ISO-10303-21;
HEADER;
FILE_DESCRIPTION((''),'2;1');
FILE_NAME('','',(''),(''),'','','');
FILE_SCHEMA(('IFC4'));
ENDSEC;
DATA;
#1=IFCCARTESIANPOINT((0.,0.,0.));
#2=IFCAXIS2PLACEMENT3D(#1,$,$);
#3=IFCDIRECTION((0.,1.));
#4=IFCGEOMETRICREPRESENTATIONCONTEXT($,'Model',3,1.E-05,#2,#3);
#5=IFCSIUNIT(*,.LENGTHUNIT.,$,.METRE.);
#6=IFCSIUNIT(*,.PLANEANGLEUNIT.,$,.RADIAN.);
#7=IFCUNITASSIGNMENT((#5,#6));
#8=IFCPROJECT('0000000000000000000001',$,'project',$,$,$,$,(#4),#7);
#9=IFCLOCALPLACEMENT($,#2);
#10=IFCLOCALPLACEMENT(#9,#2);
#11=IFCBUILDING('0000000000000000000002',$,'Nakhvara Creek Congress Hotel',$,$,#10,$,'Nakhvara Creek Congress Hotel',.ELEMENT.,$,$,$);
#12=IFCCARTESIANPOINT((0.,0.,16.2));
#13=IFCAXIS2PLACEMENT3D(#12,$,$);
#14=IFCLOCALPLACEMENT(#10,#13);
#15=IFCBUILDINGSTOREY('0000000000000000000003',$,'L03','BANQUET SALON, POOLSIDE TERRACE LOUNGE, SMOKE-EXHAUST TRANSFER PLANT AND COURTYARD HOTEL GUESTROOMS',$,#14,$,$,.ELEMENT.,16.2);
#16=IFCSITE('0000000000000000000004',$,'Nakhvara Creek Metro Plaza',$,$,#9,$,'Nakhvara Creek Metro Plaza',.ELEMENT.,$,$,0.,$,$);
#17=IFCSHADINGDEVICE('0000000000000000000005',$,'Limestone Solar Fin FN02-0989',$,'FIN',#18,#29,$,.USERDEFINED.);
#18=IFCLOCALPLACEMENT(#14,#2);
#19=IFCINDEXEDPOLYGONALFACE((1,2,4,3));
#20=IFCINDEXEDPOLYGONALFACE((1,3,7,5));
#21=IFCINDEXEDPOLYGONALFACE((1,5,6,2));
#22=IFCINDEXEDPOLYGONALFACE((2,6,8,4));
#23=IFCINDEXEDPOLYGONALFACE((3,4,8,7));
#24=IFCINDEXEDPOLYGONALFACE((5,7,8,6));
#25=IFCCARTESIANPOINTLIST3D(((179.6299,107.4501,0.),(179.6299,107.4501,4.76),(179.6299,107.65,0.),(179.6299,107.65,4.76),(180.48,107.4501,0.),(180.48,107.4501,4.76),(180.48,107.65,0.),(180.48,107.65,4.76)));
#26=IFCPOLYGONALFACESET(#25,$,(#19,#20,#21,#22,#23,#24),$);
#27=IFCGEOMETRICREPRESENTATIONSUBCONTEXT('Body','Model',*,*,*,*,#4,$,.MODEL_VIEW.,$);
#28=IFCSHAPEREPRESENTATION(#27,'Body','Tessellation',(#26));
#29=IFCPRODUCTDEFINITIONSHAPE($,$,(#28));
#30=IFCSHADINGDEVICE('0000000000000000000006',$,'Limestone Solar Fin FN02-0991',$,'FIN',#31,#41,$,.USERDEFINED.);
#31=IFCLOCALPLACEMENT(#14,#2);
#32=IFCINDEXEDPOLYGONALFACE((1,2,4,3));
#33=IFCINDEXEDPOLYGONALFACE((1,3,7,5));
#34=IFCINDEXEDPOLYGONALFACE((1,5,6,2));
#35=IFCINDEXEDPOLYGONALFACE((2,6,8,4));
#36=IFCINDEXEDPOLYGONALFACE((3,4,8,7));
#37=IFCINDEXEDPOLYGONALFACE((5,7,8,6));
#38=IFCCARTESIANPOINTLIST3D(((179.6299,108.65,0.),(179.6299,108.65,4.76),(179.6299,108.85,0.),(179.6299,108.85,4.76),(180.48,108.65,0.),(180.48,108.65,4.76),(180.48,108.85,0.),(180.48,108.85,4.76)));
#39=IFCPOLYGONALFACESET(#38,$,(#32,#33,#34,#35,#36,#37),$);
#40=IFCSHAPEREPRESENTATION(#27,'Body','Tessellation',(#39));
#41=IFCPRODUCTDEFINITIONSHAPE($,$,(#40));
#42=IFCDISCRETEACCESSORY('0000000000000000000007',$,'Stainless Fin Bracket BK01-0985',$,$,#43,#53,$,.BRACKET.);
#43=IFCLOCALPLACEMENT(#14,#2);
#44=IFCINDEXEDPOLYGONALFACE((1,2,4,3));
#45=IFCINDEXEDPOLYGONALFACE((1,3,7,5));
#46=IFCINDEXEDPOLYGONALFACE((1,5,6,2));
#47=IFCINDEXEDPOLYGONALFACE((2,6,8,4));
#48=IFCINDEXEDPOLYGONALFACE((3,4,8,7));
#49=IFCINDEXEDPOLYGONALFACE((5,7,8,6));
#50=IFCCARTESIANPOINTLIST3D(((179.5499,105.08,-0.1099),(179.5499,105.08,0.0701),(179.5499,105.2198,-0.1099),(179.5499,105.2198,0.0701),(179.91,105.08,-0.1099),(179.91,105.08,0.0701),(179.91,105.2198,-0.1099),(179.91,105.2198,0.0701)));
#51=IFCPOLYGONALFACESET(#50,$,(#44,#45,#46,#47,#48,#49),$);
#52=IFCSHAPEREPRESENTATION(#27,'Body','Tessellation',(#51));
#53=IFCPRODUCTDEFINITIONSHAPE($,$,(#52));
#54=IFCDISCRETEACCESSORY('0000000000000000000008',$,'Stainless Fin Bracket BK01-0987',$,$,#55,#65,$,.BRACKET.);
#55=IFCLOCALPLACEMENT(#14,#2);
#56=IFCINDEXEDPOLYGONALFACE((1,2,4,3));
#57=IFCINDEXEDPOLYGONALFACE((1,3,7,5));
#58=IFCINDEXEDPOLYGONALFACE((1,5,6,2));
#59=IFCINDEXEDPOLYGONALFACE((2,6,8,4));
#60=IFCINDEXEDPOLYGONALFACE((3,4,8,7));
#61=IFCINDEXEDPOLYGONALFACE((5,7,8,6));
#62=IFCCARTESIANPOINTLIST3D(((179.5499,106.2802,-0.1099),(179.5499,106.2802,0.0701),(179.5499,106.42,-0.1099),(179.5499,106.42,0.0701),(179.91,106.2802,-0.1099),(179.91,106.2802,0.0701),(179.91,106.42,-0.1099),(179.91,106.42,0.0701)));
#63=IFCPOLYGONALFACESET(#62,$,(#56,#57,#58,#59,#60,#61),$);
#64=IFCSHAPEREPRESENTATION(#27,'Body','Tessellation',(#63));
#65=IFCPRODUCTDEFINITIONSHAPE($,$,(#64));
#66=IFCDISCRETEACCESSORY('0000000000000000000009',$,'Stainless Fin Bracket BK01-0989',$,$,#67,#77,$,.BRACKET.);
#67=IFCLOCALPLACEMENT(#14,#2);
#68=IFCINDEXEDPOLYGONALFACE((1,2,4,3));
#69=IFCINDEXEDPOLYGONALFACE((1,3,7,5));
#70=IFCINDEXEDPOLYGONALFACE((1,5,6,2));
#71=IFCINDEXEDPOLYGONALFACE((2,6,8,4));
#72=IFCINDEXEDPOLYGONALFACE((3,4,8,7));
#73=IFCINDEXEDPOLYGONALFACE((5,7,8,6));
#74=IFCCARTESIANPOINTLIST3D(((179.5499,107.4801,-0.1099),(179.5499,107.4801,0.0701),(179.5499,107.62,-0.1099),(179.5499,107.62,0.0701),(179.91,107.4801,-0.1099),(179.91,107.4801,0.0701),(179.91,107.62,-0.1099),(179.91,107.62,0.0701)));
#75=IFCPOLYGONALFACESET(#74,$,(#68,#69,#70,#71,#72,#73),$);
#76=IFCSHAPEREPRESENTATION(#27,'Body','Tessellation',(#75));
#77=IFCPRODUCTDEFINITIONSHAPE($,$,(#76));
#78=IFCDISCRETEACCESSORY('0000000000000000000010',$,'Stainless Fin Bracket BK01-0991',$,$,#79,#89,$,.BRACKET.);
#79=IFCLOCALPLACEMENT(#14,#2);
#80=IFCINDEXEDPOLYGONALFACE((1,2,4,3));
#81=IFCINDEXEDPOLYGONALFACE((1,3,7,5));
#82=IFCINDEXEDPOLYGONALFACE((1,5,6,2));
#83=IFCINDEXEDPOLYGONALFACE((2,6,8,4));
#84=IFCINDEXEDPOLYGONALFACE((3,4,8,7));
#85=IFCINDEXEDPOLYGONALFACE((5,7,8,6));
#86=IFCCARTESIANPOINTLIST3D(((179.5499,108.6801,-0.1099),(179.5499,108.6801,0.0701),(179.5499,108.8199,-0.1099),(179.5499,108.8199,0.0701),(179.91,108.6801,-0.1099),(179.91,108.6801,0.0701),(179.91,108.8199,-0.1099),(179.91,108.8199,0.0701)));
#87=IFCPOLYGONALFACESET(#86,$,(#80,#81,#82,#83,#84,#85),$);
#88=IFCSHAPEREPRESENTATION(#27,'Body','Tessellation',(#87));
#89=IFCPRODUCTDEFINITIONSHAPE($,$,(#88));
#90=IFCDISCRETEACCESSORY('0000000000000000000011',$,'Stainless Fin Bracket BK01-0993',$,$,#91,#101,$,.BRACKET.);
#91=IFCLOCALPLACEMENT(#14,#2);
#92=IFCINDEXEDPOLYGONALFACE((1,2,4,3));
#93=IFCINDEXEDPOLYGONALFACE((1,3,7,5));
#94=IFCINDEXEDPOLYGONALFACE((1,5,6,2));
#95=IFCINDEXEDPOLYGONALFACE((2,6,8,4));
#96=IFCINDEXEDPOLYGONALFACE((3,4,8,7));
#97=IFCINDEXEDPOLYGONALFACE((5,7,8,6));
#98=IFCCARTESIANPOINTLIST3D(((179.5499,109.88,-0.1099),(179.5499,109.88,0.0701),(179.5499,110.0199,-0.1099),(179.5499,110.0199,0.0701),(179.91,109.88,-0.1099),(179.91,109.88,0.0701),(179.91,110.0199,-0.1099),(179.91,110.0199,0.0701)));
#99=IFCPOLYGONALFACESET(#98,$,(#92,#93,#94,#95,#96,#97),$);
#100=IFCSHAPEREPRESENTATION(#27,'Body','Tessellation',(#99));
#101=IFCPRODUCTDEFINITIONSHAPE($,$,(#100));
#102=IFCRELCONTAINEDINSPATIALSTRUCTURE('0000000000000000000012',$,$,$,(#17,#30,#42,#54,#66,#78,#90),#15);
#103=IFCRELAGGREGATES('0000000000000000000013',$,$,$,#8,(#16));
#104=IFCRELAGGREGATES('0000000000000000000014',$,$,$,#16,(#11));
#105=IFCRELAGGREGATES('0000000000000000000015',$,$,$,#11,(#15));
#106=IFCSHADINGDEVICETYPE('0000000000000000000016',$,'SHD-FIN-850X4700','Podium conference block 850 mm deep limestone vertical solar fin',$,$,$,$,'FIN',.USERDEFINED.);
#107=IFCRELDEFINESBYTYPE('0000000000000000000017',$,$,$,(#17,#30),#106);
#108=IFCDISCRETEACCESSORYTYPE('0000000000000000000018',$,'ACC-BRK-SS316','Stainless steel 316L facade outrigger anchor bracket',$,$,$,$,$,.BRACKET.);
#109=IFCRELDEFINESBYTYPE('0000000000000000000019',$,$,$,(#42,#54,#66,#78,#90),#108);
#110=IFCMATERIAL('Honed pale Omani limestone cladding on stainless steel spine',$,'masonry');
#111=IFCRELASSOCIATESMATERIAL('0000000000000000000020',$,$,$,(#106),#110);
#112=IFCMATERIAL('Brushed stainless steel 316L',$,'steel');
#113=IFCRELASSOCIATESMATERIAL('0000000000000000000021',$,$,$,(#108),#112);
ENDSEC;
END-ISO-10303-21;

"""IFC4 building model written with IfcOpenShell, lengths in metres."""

from ifc_helpers import new_model, si_unit, direction, frame, origin, origin_2d, place, context, subcontext, project, spatial, rectangle, extrude, material, type_object, element, save


model = new_model("IFC4")

# Units and contexts
model_context = context("Model", 3, precision=1e-05, world=origin(), true_north=direction((0.0, 1.0)))
body_context = subcontext(model_context, "Body", "Model", "MODEL_VIEW")
ifc_project = project(units=[si_unit("LENGTHUNIT", "METRE"), si_unit("PLANEANGLEUNIT", "RADIAN")], contexts=[model_context])

# Site, building, storey
site_placement = place(None, origin())
site = spatial("IfcSite", under=ifc_project, at=site_placement, Name="Nakhvara Creek Metro Plaza", LongName="Nakhvara Creek Metro Plaza", CompositionType="ELEMENT", RefElevation=0.0)
building_placement = place(site_placement, origin())
building = spatial("IfcBuilding", under=site, at=building_placement, Name="Nakhvara Creek Congress Hotel", LongName="Nakhvara Creek Congress Hotel", CompositionType="ELEMENT")
storey_placement = place(building_placement, frame((0.0, 0.0, 16.2)))
storey = spatial("IfcBuildingStorey", under=building, at=storey_placement, Name="L03", Description="BANQUET SALON, POOLSIDE TERRACE LOUNGE, SMOKE-EXHAUST TRANSFER PLANT AND COURTYARD HOTEL GUESTROOMS", CompositionType="ELEMENT", Elevation=16.2)

# Shading devices
ifc_material_1 = material(Name="Honed pale Omani limestone cladding on stainless steel spine", Category="masonry")
shading_device_type = type_object("IfcShadingDeviceType", Name="SHD-FIN-850X4700", Description="Podium conference block 850 mm deep limestone vertical solar fin", ElementType="FIN", PredefinedType="USERDEFINED", material=ifc_material_1)
for number, where, z_axis, x_axis, name in (
    (1, (180.0549, 107.55, 0.0), (0.0, 0.0, 1.0), (0.0, 1.0, 0.0), "Limestone Solar Fin FN02-0989"),
    (2, (180.0549, 108.75, 0.0), (0.0, 0.0, 1.0), (0.0, 1.0, 0.0), "Limestone Solar Fin FN02-0991"),
):
    element("IfcShadingDevice", number, at=place(storey_placement, frame(where, z_axis=z_axis, x_axis=x_axis)), inside=storey, type_object=shading_device_type, Name=name, ObjectType="FIN", PredefinedType="USERDEFINED", context=body_context, shape_type="SweptSolid", body=[
        extrude(rectangle(XDim=0.2, YDim=0.8501, at=origin_2d()), origin(), (0.0, 0.0, 1.0), 4.76),
    ])

# Discrete accessories
ifc_material_2 = material(Name="Brushed stainless steel 316L", Category="steel")
discrete_accessory_type = type_object("IfcDiscreteAccessoryType", Name="ACC-BRK-SS316", Description="Stainless steel 316L facade outrigger anchor bracket", PredefinedType="BRACKET", material=ifc_material_2)
for number, where, z_axis, x_axis, name in (
    (3, (179.73, 105.1499, -0.1099), (0.0, 0.0, 1.0), (0.0, 1.0, 0.0), "Stainless Fin Bracket BK01-0985"),
    (4, (179.73, 106.3501, -0.1099), (0.0, 0.0, 1.0), (0.0, 1.0, 0.0), "Stainless Fin Bracket BK01-0987"),
    (5, (179.73, 107.55, -0.1099), (0.0, 0.0, 1.0), (0.0, 1.0, 0.0), "Stainless Fin Bracket BK01-0989"),
    (6, (179.73, 108.75, -0.1099), (0.0, 0.0, 1.0), (0.0, 1.0, 0.0), "Stainless Fin Bracket BK01-0991"),
    (7, (179.73, 109.95, -0.1099), (0.0, 0.0, 1.0), (0.0, 1.0, 0.0), "Stainless Fin Bracket BK01-0993"),
):
    element("IfcDiscreteAccessory", number, at=place(storey_placement, frame(where, z_axis=z_axis, x_axis=x_axis)), inside=storey, type_object=discrete_accessory_type, Name=name, PredefinedType="BRACKET", context=body_context, shape_type="SweptSolid", body=[
        extrude(rectangle(XDim=0.1399, YDim=0.3601, at=origin_2d()), origin(), (0.0, 0.0, 1.0), 0.1799),
    ])

save(model, "model.ifc")
